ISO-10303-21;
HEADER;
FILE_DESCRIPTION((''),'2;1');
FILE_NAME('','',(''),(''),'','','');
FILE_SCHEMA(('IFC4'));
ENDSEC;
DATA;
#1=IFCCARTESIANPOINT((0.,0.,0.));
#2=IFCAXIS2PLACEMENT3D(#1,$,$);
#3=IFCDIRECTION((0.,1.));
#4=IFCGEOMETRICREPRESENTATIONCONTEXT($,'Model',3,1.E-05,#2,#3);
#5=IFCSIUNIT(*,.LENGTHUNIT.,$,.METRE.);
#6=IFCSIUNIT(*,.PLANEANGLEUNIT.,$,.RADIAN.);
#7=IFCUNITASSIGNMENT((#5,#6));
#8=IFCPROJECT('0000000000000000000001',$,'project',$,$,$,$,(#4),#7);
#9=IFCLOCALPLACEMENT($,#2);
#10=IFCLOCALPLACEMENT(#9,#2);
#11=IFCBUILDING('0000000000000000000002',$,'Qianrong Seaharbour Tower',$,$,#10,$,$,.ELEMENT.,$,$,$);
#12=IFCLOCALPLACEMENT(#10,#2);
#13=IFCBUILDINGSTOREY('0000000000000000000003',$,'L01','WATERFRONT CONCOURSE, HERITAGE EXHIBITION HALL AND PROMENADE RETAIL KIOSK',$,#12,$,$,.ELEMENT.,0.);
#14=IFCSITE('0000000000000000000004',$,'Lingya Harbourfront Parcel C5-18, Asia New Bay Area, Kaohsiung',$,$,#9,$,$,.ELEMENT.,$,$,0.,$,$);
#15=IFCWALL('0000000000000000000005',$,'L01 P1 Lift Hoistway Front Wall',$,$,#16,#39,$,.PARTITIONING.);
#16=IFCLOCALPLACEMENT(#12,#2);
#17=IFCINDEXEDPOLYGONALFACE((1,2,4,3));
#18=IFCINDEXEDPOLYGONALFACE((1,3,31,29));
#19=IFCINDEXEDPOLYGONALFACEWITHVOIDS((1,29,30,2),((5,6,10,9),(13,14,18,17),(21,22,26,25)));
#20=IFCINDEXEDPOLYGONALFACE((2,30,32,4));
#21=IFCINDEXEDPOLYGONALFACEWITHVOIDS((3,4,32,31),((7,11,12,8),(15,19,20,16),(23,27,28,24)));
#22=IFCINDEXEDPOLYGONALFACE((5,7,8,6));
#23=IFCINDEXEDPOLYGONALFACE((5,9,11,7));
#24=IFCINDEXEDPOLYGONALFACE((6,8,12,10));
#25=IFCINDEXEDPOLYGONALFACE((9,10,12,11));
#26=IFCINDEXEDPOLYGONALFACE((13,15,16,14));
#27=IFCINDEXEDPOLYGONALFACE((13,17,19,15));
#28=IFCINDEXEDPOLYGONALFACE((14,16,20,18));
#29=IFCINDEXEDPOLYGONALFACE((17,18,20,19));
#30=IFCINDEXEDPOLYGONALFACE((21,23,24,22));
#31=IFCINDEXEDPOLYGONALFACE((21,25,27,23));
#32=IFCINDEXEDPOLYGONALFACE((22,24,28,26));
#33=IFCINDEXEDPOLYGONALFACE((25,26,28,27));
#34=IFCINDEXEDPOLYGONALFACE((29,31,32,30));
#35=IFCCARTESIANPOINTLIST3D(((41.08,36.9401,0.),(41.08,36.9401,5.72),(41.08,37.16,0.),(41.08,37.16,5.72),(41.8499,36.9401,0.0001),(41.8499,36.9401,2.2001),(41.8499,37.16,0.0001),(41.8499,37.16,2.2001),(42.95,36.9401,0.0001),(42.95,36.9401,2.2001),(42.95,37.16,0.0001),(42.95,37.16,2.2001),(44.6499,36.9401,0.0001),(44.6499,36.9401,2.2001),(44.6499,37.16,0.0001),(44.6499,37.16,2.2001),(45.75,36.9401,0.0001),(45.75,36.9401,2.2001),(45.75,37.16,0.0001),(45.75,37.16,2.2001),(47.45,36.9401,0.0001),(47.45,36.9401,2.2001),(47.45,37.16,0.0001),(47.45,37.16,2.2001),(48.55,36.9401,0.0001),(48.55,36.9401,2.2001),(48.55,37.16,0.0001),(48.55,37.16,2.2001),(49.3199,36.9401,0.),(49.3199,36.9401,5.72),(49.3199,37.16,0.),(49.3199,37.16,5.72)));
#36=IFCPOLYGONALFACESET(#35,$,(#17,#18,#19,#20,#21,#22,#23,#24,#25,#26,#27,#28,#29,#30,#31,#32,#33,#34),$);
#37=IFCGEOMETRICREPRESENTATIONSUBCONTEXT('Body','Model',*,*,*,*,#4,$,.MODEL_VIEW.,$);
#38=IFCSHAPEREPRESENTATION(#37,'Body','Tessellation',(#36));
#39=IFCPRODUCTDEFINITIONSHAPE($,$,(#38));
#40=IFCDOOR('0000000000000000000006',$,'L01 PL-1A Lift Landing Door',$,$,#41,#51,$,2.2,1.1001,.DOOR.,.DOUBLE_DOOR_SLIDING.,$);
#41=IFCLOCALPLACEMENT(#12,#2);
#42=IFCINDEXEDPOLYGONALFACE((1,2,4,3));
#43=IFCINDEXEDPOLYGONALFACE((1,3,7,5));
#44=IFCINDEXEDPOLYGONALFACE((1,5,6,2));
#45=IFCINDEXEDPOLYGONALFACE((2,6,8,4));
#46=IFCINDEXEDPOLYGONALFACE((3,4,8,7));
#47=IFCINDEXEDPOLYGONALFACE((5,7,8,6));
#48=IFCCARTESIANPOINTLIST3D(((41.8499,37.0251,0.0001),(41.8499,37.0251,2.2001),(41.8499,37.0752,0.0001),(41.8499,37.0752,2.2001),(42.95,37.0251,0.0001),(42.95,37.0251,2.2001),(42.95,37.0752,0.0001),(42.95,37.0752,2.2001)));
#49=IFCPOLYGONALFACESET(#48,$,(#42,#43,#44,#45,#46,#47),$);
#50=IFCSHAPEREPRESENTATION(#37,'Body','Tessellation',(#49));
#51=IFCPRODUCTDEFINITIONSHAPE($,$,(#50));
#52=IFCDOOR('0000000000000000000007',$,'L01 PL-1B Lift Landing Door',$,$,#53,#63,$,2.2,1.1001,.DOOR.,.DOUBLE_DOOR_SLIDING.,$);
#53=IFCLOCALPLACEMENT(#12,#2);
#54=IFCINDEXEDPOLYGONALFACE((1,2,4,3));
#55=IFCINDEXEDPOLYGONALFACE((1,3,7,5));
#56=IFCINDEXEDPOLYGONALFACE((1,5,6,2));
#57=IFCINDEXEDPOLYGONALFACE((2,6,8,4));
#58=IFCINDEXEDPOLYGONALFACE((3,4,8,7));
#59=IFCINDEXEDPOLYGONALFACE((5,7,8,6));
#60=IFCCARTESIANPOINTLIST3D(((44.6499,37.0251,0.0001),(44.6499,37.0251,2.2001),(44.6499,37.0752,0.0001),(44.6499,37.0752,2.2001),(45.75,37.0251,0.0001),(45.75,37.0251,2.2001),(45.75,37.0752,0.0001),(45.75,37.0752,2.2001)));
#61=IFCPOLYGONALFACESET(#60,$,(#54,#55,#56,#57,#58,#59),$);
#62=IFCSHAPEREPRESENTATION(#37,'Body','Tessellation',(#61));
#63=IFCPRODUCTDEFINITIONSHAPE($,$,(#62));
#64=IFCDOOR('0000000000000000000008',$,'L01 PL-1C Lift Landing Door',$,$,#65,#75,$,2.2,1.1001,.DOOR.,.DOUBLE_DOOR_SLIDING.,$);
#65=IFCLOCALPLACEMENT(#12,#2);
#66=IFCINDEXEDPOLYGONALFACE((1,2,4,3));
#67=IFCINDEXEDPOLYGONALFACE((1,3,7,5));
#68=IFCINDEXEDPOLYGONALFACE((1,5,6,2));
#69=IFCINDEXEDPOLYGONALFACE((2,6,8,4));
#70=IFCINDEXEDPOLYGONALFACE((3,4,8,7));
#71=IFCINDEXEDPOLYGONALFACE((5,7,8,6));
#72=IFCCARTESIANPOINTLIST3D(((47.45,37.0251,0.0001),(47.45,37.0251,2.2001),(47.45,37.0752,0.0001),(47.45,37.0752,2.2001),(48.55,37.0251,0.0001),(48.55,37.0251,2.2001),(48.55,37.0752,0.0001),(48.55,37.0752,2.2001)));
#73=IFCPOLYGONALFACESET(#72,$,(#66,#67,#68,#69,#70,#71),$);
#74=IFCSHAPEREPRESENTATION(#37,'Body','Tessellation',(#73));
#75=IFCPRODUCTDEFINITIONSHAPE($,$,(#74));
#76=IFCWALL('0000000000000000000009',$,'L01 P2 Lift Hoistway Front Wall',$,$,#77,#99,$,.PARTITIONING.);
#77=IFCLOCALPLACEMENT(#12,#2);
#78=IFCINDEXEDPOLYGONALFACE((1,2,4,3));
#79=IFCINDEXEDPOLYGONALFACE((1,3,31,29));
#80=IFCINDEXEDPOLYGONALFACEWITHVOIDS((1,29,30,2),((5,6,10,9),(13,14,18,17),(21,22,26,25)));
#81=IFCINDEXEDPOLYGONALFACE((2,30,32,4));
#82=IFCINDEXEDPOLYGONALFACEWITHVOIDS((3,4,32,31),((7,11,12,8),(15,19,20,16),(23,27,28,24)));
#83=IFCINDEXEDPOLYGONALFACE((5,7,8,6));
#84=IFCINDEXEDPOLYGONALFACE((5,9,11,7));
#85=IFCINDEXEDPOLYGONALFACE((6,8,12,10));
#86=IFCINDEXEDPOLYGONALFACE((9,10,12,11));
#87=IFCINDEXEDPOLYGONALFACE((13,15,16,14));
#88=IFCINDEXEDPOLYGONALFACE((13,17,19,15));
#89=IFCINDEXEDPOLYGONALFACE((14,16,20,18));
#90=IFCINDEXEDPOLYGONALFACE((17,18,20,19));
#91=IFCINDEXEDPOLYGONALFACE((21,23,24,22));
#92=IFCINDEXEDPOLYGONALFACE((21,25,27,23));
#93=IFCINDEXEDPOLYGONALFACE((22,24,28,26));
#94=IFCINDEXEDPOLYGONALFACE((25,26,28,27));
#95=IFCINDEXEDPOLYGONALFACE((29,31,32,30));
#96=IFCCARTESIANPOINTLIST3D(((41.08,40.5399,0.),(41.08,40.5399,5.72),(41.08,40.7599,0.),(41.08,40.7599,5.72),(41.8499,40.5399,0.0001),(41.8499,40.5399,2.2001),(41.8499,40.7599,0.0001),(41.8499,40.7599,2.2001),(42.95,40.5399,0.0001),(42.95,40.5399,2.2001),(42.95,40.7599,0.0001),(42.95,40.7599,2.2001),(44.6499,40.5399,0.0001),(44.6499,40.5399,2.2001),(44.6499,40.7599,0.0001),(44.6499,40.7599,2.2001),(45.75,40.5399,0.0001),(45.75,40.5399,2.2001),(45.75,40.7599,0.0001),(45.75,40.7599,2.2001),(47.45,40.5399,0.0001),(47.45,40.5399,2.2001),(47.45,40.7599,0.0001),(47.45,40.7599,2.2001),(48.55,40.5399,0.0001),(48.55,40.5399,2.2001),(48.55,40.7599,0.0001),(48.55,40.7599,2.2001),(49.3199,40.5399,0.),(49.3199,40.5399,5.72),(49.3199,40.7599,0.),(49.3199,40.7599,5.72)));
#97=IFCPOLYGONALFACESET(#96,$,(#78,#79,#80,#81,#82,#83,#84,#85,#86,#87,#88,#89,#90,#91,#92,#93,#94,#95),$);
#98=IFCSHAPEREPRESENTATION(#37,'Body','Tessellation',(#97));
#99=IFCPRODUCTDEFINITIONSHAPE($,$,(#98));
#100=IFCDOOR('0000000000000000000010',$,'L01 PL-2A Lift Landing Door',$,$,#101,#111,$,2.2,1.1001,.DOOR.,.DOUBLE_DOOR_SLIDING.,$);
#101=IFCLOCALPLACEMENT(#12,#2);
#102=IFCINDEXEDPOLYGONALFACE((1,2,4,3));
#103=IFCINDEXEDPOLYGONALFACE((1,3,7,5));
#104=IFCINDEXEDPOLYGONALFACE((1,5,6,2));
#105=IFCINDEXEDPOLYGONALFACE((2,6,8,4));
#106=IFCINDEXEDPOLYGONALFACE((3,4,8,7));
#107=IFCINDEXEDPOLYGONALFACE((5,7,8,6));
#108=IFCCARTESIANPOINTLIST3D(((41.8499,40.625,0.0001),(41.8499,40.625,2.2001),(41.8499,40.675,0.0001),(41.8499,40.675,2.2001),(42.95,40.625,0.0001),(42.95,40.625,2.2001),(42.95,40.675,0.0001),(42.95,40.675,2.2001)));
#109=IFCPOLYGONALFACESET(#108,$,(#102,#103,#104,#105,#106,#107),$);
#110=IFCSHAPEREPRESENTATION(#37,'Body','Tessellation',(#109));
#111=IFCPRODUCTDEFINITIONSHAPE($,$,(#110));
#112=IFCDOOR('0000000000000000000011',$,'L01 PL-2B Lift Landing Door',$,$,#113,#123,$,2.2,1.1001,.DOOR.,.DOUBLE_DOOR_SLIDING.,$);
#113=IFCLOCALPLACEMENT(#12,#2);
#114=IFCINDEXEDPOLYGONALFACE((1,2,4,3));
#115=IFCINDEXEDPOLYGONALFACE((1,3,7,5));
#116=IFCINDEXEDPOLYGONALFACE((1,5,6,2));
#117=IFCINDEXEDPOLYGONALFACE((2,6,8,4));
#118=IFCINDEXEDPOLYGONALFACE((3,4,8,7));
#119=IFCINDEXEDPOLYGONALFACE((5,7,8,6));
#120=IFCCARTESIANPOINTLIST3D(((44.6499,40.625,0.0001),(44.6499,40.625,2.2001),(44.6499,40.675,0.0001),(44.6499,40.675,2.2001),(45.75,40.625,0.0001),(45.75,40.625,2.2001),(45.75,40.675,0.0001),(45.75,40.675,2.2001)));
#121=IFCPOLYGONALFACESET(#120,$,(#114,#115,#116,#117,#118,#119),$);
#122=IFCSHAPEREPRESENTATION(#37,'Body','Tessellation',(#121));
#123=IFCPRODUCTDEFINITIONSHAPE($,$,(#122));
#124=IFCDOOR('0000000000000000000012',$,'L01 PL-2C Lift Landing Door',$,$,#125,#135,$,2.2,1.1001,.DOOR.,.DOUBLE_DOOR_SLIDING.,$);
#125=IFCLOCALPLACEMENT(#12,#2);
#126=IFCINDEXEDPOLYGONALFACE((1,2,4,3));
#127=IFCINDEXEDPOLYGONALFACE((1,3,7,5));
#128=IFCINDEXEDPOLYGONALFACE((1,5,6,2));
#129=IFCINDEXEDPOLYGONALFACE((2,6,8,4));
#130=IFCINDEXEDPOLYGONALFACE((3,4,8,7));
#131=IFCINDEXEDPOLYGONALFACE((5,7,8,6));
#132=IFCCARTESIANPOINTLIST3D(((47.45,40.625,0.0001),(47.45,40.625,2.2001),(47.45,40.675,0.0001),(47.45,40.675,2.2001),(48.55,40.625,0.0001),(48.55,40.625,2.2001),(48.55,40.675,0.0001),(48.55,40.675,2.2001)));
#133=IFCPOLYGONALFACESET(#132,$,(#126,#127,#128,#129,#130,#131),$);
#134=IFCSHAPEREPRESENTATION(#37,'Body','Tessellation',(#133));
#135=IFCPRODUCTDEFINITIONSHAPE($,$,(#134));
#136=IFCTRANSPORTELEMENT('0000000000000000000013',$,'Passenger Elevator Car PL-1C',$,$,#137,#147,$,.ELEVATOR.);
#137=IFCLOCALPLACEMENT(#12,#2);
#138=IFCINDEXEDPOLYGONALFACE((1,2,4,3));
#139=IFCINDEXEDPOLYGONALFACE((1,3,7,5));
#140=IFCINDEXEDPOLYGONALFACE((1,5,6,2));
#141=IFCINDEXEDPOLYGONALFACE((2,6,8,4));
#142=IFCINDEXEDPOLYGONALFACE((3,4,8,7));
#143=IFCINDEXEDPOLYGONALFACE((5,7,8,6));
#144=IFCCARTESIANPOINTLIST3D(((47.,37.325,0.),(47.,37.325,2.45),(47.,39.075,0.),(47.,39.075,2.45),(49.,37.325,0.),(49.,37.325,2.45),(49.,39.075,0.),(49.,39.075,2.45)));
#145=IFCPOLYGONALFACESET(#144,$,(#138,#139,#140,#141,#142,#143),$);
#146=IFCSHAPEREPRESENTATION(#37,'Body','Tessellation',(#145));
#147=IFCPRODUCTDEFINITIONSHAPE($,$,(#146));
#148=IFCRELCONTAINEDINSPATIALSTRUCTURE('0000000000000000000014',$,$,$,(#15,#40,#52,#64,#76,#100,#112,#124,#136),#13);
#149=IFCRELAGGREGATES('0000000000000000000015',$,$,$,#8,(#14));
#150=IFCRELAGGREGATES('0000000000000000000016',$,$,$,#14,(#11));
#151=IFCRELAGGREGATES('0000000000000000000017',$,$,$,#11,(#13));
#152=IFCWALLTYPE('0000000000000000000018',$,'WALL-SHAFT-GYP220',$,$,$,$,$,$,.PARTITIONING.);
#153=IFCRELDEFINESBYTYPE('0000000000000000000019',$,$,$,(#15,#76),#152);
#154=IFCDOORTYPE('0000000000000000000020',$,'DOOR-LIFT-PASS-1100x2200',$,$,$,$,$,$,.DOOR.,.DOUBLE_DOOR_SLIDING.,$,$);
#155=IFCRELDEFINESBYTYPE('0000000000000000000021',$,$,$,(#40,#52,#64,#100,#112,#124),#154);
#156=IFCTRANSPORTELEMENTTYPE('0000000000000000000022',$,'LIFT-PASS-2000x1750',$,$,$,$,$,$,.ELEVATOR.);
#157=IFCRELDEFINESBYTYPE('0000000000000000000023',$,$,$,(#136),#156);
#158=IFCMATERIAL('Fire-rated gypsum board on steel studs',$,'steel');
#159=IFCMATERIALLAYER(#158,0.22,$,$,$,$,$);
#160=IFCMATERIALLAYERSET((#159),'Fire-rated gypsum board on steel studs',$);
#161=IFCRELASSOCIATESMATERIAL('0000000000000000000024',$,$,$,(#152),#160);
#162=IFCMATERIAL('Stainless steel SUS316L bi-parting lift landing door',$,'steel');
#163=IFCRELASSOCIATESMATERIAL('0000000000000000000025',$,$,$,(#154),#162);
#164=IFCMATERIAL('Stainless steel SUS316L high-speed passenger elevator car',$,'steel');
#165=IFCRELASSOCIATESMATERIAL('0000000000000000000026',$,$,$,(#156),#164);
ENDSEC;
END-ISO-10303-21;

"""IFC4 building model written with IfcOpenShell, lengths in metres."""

from ifc_helpers import new_model, si_unit, direction, frame, frame_2d, origin, origin_2d, place, context, subcontext, project, spatial, rectangle, extrude, material, layer, layer_set, type_object, element, fill, save


model = new_model("IFC4")

# Units and contexts
model_context = context("Model", 3, precision=1e-05, world=origin(), true_north=direction((0.0, 1.0)))
body_context = subcontext(model_context, "Body", "Model", "MODEL_VIEW")
ifc_project = project(units=[si_unit("LENGTHUNIT", "METRE"), si_unit("PLANEANGLEUNIT", "RADIAN")], contexts=[model_context])

# Site, building, storey
site_placement = place(None, origin())
site = spatial("IfcSite", under=ifc_project, at=site_placement, Name="Lingya Harbourfront Parcel C5-18, Asia New Bay Area, Kaohsiung", CompositionType="ELEMENT", RefElevation=0.0)
building_placement = place(site_placement, origin())
building = spatial("IfcBuilding", under=site, at=building_placement, Name="Qianrong Seaharbour Tower", CompositionType="ELEMENT")
storey_placement = place(building_placement, origin())
storey = spatial("IfcBuildingStorey", under=building, at=storey_placement, Name="L01", Description="WATERFRONT CONCOURSE, HERITAGE EXHIBITION HALL AND PROMENADE RETAIL KIOSK", CompositionType="ELEMENT", Elevation=0.0)

# Shared definitions
ifc_material_1 = material(Name="Fire-rated gypsum board on steel studs", Category="steel")

# Walls, openings, doors
ifc_layer_1 = layer(ifc_material_1, 0.22)
ifc_layer_set_1 = layer_set([ifc_layer_1], Name="Fire-rated gypsum board on steel studs")
wall_type_1 = type_object("IfcWallType", Name="WALL-SHAFT-GYP220", PredefinedType="PARTITIONING", material=ifc_layer_set_1)
wall_1_placement = place(storey_placement, frame((49.3201, 37.05, 0.0), z_axis=(0.0, 0.0, 1.0), x_axis=(-1.0, 0.0, 0.0)))
wall_1 = element("IfcWall", 1, at=wall_1_placement, inside=storey, type_object=wall_type_1, Name="L01 P1 Lift Hoistway Front Wall", PredefinedType="PARTITIONING", context=body_context, shape_type="SweptSolid", body=[
    extrude(rectangle(XDim=8.24, YDim=0.22, at=frame_2d((4.1201, 0.0))), origin(), (0.0, 0.0, 1.0), 5.72),
])
opening_1_placement = place(wall_1_placement, frame((6.3701, 0.0, 0.0)))
opening_1 = element("IfcOpeningElement", 2, at=opening_1_placement, cuts=wall_1, PredefinedType="OPENING", context=body_context, shape_type="SweptSolid", body=[
    extrude(rectangle(XDim=1.1001, YDim=2.2, at=frame_2d((0.55, 1.1001))), frame((0.0, 0.1201, 0.0), z_axis=(0.0, -1.0, 0.0), x_axis=(1.0, 0.0, 0.0)), (0.0, 0.0, 1.0), 0.24),
])
opening_2_placement = place(wall_1_placement, frame((3.5701, 0.0, 0.0)))
opening_2 = element("IfcOpeningElement", 3, at=opening_2_placement, cuts=wall_1, PredefinedType="OPENING", context=body_context, shape_type="SweptSolid", body=[
    extrude(rectangle(XDim=1.1001, YDim=2.2, at=frame_2d((0.55, 1.1001))), frame((0.0, 0.1201, 0.0), z_axis=(0.0, -1.0, 0.0), x_axis=(1.0, 0.0, 0.0)), (0.0, 0.0, 1.0), 0.24),
])
opening_3_placement = place(wall_1_placement, frame((0.77, 0.0, 0.0)))
opening_3 = element("IfcOpeningElement", 4, at=opening_3_placement, cuts=wall_1, PredefinedType="OPENING", context=body_context, shape_type="SweptSolid", body=[
    extrude(rectangle(XDim=1.1001, YDim=2.2, at=frame_2d((0.55, 1.1001))), frame((0.0, 0.1201, 0.0), z_axis=(0.0, -1.0, 0.0), x_axis=(1.0, 0.0, 0.0)), (0.0, 0.0, 1.0), 0.24),
])
ifc_material_2 = material(Name="Stainless steel SUS316L bi-parting lift landing door", Category="steel")
door_type_1 = type_object("IfcDoorType", Name="DOOR-LIFT-PASS-1100x2200", OperationType="DOUBLE_DOOR_SLIDING", PredefinedType="DOOR", material=ifc_material_2)
door_1_placement = place(opening_1_placement, origin())
door_1 = element("IfcDoor", 5, at=door_1_placement, inside=storey, type_object=door_type_1, Name="L01 PL-1A Lift Landing Door", OperationType="DOUBLE_DOOR_SLIDING", OverallHeight=2.2, OverallWidth=1.1001, PredefinedType="DOOR", context=body_context, shape_type="SweptSolid", body=[
    extrude(rectangle(XDim=1.1001, YDim=2.2, at=frame_2d((0.55, 1.1001))), frame((0.0, 0.0249, 0.0), z_axis=(0.0, -1.0, 0.0), x_axis=(1.0, 0.0, 0.0)), (0.0, 0.0, 1.0), 0.05),
])
fill(opening_1, door_1)
door_2_placement = place(opening_2_placement, origin())
door_2 = element("IfcDoor", 6, at=door_2_placement, inside=storey, type_object=door_type_1, Name="L01 PL-1B Lift Landing Door", OperationType="DOUBLE_DOOR_SLIDING", OverallHeight=2.2, OverallWidth=1.1001, PredefinedType="DOOR", context=body_context, shape_type="SweptSolid", body=[
    extrude(rectangle(XDim=1.1001, YDim=2.2, at=frame_2d((0.55, 1.1001))), frame((0.0, 0.0249, 0.0), z_axis=(0.0, -1.0, 0.0), x_axis=(1.0, 0.0, 0.0)), (0.0, 0.0, 1.0), 0.05),
])
fill(opening_2, door_2)
door_3_placement = place(opening_3_placement, origin())
door_3 = element("IfcDoor", 7, at=door_3_placement, inside=storey, type_object=door_type_1, Name="L01 PL-1C Lift Landing Door", OperationType="DOUBLE_DOOR_SLIDING", OverallHeight=2.2, OverallWidth=1.1001, PredefinedType="DOOR", context=body_context, shape_type="SweptSolid", body=[
    extrude(rectangle(XDim=1.1001, YDim=2.2, at=frame_2d((0.55, 1.1001))), frame((0.0, 0.0249, 0.0), z_axis=(0.0, -1.0, 0.0), x_axis=(1.0, 0.0, 0.0)), (0.0, 0.0, 1.0), 0.05),
])
fill(opening_3, door_3)
wall_2_placement = place(storey_placement, frame((49.3201, 40.6499, 0.0), z_axis=(0.0, 0.0, 1.0), x_axis=(-1.0, 0.0, 0.0)))
wall_2 = element("IfcWall", 8, at=wall_2_placement, inside=storey, type_object=wall_type_1, Name="L01 P2 Lift Hoistway Front Wall", PredefinedType="PARTITIONING", context=body_context, shape_type="SweptSolid", body=[
    extrude(rectangle(XDim=8.24, YDim=0.22, at=frame_2d((4.1201, 0.0))), origin(), (0.0, 0.0, 1.0), 5.72),
])
opening_4_placement = place(wall_2_placement, frame((6.3701, 0.0, 0.0)))
opening_4 = element("IfcOpeningElement", 9, at=opening_4_placement, cuts=wall_2, PredefinedType="OPENING", context=body_context, shape_type="SweptSolid", body=[
    extrude(rectangle(XDim=1.1001, YDim=2.2, at=frame_2d((0.55, 1.1001))), frame((0.0, 0.1201, 0.0), z_axis=(0.0, -1.0, 0.0), x_axis=(1.0, 0.0, 0.0)), (0.0, 0.0, 1.0), 0.24),
])
opening_5_placement = place(wall_2_placement, frame((3.5701, 0.0, 0.0)))
opening_5 = element("IfcOpeningElement", 10, at=opening_5_placement, cuts=wall_2, PredefinedType="OPENING", context=body_context, shape_type="SweptSolid", body=[
    extrude(rectangle(XDim=1.1001, YDim=2.2, at=frame_2d((0.55, 1.1001))), frame((0.0, 0.1201, 0.0), z_axis=(0.0, -1.0, 0.0), x_axis=(1.0, 0.0, 0.0)), (0.0, 0.0, 1.0), 0.24),
])
opening_6_placement = place(wall_2_placement, frame((0.77, 0.0, 0.0)))
opening_6 = element("IfcOpeningElement", 11, at=opening_6_placement, cuts=wall_2, PredefinedType="OPENING", context=body_context, shape_type="SweptSolid", body=[
    extrude(rectangle(XDim=1.1001, YDim=2.2, at=frame_2d((0.55, 1.1001))), frame((0.0, 0.1201, 0.0), z_axis=(0.0, -1.0, 0.0), x_axis=(1.0, 0.0, 0.0)), (0.0, 0.0, 1.0), 0.24),
])
door_4_placement = place(opening_4_placement, origin())
door_4 = element("IfcDoor", 12, at=door_4_placement, inside=storey, type_object=door_type_1, Name="L01 PL-2A Lift Landing Door", OperationType="DOUBLE_DOOR_SLIDING", OverallHeight=2.2, OverallWidth=1.1001, PredefinedType="DOOR", context=body_context, shape_type="SweptSolid", body=[
    extrude(rectangle(XDim=1.1001, YDim=2.2, at=frame_2d((0.55, 1.1001))), frame((0.0, 0.0249, 0.0), z_axis=(0.0, -1.0, 0.0), x_axis=(1.0, 0.0, 0.0)), (0.0, 0.0, 1.0), 0.05),
])
fill(opening_4, door_4)
door_5_placement = place(opening_5_placement, origin())
door_5 = element("IfcDoor", 13, at=door_5_placement, inside=storey, type_object=door_type_1, Name="L01 PL-2B Lift Landing Door", OperationType="DOUBLE_DOOR_SLIDING", OverallHeight=2.2, OverallWidth=1.1001, PredefinedType="DOOR", context=body_context, shape_type="SweptSolid", body=[
    extrude(rectangle(XDim=1.1001, YDim=2.2, at=frame_2d((0.55, 1.1001))), frame((0.0, 0.0249, 0.0), z_axis=(0.0, -1.0, 0.0), x_axis=(1.0, 0.0, 0.0)), (0.0, 0.0, 1.0), 0.05),
])
fill(opening_5, door_5)
door_6_placement = place(opening_6_placement, origin())
door_6 = element("IfcDoor", 14, at=door_6_placement, inside=storey, type_object=door_type_1, Name="L01 PL-2C Lift Landing Door", OperationType="DOUBLE_DOOR_SLIDING", OverallHeight=2.2, OverallWidth=1.1001, PredefinedType="DOOR", context=body_context, shape_type="SweptSolid", body=[
    extrude(rectangle(XDim=1.1001, YDim=2.2, at=frame_2d((0.55, 1.1001))), frame((0.0, 0.0249, 0.0), z_axis=(0.0, -1.0, 0.0), x_axis=(1.0, 0.0, 0.0)), (0.0, 0.0, 1.0), 0.05),
])
fill(opening_6, door_6)

# Transport element
ifc_material_3 = material(Name="Stainless steel SUS316L high-speed passenger elevator car", Category="steel")
transport_element_type = type_object("IfcTransportElementType", Name="LIFT-PASS-2000x1750", PredefinedType="ELEVATOR", material=ifc_material_3)
transport_element_placement = place(storey_placement, frame((48.0, 38.2, 0.0), z_axis=(0.0, 0.0, 1.0), x_axis=(1.0, 0.0, 0.0)))
element("IfcTransportElement", 15, at=transport_element_placement, inside=storey, type_object=transport_element_type, Name="Passenger Elevator Car PL-1C", PredefinedType="ELEVATOR", context=body_context, shape_type="SweptSolid", body=[
    extrude(rectangle(XDim=2.0, YDim=1.75, at=origin_2d()), origin(), (0.0, 0.0, 1.0), 2.45),
])

save(model, "model.ifc")
